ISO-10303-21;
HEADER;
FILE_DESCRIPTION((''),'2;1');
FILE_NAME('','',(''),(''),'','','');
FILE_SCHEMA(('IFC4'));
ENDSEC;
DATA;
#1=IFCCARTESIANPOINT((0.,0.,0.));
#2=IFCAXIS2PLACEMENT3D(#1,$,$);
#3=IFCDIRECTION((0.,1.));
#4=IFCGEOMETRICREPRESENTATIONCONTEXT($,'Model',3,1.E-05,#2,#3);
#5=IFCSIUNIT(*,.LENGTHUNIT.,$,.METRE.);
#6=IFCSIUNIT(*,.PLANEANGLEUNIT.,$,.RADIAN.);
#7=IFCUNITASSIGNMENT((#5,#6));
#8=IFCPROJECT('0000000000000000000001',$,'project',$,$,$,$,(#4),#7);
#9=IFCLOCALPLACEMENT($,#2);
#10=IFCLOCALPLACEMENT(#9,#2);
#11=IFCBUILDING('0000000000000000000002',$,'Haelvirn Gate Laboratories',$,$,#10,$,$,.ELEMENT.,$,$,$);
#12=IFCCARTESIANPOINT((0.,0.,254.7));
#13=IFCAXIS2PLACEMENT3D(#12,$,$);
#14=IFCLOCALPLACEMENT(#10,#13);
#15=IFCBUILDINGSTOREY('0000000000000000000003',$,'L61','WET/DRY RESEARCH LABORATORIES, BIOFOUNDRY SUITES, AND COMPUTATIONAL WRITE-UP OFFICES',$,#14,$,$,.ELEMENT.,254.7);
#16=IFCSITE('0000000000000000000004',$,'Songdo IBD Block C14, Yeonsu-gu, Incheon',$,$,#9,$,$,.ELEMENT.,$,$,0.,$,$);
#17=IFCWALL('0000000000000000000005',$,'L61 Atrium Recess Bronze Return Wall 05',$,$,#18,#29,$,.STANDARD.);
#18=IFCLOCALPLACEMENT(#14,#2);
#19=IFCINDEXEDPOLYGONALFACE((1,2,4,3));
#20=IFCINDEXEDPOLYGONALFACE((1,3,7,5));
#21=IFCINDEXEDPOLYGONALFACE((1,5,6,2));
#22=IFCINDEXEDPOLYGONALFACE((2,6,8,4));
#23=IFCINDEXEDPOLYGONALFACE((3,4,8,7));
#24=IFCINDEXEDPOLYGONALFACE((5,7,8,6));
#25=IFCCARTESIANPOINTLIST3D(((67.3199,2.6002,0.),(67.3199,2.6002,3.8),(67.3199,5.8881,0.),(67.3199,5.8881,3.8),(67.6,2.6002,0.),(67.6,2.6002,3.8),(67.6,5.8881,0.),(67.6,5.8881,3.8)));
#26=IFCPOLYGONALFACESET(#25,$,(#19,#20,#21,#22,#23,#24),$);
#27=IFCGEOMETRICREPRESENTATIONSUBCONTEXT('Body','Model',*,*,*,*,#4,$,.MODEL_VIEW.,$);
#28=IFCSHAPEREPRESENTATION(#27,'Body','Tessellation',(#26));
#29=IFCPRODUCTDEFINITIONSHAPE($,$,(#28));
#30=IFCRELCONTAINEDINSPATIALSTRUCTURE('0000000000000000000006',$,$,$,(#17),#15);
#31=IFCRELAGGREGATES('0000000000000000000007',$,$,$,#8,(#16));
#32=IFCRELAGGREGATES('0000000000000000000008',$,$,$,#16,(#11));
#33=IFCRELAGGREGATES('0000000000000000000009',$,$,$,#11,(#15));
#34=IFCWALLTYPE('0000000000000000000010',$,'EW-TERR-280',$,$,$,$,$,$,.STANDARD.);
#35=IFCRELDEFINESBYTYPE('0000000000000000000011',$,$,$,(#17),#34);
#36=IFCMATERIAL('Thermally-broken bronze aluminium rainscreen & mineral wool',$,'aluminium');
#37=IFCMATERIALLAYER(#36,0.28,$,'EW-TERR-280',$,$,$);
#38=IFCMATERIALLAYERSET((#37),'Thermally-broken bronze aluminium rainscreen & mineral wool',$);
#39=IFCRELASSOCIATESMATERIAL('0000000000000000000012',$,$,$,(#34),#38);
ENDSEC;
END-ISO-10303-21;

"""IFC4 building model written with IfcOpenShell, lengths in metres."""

from ifc_helpers import new_model, si_unit, direction, frame, frame_2d, origin, place, context, subcontext, project, spatial, rectangle, extrude, material, layer, layer_set, type_object, element, save


model = new_model("IFC4")

# Units and contexts
model_context = context("Model", 3, precision=1e-05, world=origin(), true_north=direction((0.0, 1.0)))
body_context = subcontext(model_context, "Body", "Model", "MODEL_VIEW")
ifc_project = project(units=[si_unit("LENGTHUNIT", "METRE"), si_unit("PLANEANGLEUNIT", "RADIAN")], contexts=[model_context])

# Site, building, storey
site_placement = place(None, origin())
site = spatial("IfcSite", under=ifc_project, at=site_placement, Name="Songdo IBD Block C14, Yeonsu-gu, Incheon", CompositionType="ELEMENT", RefElevation=0.0)
building_placement = place(site_placement, origin())
building = spatial("IfcBuilding", under=site, at=building_placement, Name="Haelvirn Gate Laboratories", CompositionType="ELEMENT")
storey_placement = place(building_placement, frame((0.0, 0.0, 254.7)))
storey = spatial("IfcBuildingStorey", under=building, at=storey_placement, Name="L61", Description="WET/DRY RESEARCH LABORATORIES, BIOFOUNDRY SUITES, AND COMPUTATIONAL WRITE-UP OFFICES", CompositionType="ELEMENT", Elevation=254.7)

# Wall
ifc_material_1 = material(Name="Thermally-broken bronze aluminium rainscreen & mineral wool", Category="aluminium")
ifc_layer_1 = layer(ifc_material_1, 0.28, Name="EW-TERR-280")
ifc_layer_set_1 = layer_set([ifc_layer_1], Name="Thermally-broken bronze aluminium rainscreen & mineral wool")
wall_type = type_object("IfcWallType", Name="EW-TERR-280", PredefinedType="STANDARD", material=ifc_layer_set_1)
wall_placement = place(storey_placement, frame((67.46, 2.6001, 0.0), z_axis=(0.0, 0.0, 1.0), x_axis=(0.0, 1.0, 0.0)))
element("IfcWall", 1, at=wall_placement, inside=storey, type_object=wall_type, Name="L61 Atrium Recess Bronze Return Wall 05", PredefinedType="STANDARD", context=body_context, shape_type="SweptSolid", body=[
    extrude(rectangle(XDim=3.2878, YDim=0.28, at=frame_2d((1.644, 0.0))), origin(), (0.0, 0.0, 1.0), 3.8),
])

save(model, "model.ifc")
